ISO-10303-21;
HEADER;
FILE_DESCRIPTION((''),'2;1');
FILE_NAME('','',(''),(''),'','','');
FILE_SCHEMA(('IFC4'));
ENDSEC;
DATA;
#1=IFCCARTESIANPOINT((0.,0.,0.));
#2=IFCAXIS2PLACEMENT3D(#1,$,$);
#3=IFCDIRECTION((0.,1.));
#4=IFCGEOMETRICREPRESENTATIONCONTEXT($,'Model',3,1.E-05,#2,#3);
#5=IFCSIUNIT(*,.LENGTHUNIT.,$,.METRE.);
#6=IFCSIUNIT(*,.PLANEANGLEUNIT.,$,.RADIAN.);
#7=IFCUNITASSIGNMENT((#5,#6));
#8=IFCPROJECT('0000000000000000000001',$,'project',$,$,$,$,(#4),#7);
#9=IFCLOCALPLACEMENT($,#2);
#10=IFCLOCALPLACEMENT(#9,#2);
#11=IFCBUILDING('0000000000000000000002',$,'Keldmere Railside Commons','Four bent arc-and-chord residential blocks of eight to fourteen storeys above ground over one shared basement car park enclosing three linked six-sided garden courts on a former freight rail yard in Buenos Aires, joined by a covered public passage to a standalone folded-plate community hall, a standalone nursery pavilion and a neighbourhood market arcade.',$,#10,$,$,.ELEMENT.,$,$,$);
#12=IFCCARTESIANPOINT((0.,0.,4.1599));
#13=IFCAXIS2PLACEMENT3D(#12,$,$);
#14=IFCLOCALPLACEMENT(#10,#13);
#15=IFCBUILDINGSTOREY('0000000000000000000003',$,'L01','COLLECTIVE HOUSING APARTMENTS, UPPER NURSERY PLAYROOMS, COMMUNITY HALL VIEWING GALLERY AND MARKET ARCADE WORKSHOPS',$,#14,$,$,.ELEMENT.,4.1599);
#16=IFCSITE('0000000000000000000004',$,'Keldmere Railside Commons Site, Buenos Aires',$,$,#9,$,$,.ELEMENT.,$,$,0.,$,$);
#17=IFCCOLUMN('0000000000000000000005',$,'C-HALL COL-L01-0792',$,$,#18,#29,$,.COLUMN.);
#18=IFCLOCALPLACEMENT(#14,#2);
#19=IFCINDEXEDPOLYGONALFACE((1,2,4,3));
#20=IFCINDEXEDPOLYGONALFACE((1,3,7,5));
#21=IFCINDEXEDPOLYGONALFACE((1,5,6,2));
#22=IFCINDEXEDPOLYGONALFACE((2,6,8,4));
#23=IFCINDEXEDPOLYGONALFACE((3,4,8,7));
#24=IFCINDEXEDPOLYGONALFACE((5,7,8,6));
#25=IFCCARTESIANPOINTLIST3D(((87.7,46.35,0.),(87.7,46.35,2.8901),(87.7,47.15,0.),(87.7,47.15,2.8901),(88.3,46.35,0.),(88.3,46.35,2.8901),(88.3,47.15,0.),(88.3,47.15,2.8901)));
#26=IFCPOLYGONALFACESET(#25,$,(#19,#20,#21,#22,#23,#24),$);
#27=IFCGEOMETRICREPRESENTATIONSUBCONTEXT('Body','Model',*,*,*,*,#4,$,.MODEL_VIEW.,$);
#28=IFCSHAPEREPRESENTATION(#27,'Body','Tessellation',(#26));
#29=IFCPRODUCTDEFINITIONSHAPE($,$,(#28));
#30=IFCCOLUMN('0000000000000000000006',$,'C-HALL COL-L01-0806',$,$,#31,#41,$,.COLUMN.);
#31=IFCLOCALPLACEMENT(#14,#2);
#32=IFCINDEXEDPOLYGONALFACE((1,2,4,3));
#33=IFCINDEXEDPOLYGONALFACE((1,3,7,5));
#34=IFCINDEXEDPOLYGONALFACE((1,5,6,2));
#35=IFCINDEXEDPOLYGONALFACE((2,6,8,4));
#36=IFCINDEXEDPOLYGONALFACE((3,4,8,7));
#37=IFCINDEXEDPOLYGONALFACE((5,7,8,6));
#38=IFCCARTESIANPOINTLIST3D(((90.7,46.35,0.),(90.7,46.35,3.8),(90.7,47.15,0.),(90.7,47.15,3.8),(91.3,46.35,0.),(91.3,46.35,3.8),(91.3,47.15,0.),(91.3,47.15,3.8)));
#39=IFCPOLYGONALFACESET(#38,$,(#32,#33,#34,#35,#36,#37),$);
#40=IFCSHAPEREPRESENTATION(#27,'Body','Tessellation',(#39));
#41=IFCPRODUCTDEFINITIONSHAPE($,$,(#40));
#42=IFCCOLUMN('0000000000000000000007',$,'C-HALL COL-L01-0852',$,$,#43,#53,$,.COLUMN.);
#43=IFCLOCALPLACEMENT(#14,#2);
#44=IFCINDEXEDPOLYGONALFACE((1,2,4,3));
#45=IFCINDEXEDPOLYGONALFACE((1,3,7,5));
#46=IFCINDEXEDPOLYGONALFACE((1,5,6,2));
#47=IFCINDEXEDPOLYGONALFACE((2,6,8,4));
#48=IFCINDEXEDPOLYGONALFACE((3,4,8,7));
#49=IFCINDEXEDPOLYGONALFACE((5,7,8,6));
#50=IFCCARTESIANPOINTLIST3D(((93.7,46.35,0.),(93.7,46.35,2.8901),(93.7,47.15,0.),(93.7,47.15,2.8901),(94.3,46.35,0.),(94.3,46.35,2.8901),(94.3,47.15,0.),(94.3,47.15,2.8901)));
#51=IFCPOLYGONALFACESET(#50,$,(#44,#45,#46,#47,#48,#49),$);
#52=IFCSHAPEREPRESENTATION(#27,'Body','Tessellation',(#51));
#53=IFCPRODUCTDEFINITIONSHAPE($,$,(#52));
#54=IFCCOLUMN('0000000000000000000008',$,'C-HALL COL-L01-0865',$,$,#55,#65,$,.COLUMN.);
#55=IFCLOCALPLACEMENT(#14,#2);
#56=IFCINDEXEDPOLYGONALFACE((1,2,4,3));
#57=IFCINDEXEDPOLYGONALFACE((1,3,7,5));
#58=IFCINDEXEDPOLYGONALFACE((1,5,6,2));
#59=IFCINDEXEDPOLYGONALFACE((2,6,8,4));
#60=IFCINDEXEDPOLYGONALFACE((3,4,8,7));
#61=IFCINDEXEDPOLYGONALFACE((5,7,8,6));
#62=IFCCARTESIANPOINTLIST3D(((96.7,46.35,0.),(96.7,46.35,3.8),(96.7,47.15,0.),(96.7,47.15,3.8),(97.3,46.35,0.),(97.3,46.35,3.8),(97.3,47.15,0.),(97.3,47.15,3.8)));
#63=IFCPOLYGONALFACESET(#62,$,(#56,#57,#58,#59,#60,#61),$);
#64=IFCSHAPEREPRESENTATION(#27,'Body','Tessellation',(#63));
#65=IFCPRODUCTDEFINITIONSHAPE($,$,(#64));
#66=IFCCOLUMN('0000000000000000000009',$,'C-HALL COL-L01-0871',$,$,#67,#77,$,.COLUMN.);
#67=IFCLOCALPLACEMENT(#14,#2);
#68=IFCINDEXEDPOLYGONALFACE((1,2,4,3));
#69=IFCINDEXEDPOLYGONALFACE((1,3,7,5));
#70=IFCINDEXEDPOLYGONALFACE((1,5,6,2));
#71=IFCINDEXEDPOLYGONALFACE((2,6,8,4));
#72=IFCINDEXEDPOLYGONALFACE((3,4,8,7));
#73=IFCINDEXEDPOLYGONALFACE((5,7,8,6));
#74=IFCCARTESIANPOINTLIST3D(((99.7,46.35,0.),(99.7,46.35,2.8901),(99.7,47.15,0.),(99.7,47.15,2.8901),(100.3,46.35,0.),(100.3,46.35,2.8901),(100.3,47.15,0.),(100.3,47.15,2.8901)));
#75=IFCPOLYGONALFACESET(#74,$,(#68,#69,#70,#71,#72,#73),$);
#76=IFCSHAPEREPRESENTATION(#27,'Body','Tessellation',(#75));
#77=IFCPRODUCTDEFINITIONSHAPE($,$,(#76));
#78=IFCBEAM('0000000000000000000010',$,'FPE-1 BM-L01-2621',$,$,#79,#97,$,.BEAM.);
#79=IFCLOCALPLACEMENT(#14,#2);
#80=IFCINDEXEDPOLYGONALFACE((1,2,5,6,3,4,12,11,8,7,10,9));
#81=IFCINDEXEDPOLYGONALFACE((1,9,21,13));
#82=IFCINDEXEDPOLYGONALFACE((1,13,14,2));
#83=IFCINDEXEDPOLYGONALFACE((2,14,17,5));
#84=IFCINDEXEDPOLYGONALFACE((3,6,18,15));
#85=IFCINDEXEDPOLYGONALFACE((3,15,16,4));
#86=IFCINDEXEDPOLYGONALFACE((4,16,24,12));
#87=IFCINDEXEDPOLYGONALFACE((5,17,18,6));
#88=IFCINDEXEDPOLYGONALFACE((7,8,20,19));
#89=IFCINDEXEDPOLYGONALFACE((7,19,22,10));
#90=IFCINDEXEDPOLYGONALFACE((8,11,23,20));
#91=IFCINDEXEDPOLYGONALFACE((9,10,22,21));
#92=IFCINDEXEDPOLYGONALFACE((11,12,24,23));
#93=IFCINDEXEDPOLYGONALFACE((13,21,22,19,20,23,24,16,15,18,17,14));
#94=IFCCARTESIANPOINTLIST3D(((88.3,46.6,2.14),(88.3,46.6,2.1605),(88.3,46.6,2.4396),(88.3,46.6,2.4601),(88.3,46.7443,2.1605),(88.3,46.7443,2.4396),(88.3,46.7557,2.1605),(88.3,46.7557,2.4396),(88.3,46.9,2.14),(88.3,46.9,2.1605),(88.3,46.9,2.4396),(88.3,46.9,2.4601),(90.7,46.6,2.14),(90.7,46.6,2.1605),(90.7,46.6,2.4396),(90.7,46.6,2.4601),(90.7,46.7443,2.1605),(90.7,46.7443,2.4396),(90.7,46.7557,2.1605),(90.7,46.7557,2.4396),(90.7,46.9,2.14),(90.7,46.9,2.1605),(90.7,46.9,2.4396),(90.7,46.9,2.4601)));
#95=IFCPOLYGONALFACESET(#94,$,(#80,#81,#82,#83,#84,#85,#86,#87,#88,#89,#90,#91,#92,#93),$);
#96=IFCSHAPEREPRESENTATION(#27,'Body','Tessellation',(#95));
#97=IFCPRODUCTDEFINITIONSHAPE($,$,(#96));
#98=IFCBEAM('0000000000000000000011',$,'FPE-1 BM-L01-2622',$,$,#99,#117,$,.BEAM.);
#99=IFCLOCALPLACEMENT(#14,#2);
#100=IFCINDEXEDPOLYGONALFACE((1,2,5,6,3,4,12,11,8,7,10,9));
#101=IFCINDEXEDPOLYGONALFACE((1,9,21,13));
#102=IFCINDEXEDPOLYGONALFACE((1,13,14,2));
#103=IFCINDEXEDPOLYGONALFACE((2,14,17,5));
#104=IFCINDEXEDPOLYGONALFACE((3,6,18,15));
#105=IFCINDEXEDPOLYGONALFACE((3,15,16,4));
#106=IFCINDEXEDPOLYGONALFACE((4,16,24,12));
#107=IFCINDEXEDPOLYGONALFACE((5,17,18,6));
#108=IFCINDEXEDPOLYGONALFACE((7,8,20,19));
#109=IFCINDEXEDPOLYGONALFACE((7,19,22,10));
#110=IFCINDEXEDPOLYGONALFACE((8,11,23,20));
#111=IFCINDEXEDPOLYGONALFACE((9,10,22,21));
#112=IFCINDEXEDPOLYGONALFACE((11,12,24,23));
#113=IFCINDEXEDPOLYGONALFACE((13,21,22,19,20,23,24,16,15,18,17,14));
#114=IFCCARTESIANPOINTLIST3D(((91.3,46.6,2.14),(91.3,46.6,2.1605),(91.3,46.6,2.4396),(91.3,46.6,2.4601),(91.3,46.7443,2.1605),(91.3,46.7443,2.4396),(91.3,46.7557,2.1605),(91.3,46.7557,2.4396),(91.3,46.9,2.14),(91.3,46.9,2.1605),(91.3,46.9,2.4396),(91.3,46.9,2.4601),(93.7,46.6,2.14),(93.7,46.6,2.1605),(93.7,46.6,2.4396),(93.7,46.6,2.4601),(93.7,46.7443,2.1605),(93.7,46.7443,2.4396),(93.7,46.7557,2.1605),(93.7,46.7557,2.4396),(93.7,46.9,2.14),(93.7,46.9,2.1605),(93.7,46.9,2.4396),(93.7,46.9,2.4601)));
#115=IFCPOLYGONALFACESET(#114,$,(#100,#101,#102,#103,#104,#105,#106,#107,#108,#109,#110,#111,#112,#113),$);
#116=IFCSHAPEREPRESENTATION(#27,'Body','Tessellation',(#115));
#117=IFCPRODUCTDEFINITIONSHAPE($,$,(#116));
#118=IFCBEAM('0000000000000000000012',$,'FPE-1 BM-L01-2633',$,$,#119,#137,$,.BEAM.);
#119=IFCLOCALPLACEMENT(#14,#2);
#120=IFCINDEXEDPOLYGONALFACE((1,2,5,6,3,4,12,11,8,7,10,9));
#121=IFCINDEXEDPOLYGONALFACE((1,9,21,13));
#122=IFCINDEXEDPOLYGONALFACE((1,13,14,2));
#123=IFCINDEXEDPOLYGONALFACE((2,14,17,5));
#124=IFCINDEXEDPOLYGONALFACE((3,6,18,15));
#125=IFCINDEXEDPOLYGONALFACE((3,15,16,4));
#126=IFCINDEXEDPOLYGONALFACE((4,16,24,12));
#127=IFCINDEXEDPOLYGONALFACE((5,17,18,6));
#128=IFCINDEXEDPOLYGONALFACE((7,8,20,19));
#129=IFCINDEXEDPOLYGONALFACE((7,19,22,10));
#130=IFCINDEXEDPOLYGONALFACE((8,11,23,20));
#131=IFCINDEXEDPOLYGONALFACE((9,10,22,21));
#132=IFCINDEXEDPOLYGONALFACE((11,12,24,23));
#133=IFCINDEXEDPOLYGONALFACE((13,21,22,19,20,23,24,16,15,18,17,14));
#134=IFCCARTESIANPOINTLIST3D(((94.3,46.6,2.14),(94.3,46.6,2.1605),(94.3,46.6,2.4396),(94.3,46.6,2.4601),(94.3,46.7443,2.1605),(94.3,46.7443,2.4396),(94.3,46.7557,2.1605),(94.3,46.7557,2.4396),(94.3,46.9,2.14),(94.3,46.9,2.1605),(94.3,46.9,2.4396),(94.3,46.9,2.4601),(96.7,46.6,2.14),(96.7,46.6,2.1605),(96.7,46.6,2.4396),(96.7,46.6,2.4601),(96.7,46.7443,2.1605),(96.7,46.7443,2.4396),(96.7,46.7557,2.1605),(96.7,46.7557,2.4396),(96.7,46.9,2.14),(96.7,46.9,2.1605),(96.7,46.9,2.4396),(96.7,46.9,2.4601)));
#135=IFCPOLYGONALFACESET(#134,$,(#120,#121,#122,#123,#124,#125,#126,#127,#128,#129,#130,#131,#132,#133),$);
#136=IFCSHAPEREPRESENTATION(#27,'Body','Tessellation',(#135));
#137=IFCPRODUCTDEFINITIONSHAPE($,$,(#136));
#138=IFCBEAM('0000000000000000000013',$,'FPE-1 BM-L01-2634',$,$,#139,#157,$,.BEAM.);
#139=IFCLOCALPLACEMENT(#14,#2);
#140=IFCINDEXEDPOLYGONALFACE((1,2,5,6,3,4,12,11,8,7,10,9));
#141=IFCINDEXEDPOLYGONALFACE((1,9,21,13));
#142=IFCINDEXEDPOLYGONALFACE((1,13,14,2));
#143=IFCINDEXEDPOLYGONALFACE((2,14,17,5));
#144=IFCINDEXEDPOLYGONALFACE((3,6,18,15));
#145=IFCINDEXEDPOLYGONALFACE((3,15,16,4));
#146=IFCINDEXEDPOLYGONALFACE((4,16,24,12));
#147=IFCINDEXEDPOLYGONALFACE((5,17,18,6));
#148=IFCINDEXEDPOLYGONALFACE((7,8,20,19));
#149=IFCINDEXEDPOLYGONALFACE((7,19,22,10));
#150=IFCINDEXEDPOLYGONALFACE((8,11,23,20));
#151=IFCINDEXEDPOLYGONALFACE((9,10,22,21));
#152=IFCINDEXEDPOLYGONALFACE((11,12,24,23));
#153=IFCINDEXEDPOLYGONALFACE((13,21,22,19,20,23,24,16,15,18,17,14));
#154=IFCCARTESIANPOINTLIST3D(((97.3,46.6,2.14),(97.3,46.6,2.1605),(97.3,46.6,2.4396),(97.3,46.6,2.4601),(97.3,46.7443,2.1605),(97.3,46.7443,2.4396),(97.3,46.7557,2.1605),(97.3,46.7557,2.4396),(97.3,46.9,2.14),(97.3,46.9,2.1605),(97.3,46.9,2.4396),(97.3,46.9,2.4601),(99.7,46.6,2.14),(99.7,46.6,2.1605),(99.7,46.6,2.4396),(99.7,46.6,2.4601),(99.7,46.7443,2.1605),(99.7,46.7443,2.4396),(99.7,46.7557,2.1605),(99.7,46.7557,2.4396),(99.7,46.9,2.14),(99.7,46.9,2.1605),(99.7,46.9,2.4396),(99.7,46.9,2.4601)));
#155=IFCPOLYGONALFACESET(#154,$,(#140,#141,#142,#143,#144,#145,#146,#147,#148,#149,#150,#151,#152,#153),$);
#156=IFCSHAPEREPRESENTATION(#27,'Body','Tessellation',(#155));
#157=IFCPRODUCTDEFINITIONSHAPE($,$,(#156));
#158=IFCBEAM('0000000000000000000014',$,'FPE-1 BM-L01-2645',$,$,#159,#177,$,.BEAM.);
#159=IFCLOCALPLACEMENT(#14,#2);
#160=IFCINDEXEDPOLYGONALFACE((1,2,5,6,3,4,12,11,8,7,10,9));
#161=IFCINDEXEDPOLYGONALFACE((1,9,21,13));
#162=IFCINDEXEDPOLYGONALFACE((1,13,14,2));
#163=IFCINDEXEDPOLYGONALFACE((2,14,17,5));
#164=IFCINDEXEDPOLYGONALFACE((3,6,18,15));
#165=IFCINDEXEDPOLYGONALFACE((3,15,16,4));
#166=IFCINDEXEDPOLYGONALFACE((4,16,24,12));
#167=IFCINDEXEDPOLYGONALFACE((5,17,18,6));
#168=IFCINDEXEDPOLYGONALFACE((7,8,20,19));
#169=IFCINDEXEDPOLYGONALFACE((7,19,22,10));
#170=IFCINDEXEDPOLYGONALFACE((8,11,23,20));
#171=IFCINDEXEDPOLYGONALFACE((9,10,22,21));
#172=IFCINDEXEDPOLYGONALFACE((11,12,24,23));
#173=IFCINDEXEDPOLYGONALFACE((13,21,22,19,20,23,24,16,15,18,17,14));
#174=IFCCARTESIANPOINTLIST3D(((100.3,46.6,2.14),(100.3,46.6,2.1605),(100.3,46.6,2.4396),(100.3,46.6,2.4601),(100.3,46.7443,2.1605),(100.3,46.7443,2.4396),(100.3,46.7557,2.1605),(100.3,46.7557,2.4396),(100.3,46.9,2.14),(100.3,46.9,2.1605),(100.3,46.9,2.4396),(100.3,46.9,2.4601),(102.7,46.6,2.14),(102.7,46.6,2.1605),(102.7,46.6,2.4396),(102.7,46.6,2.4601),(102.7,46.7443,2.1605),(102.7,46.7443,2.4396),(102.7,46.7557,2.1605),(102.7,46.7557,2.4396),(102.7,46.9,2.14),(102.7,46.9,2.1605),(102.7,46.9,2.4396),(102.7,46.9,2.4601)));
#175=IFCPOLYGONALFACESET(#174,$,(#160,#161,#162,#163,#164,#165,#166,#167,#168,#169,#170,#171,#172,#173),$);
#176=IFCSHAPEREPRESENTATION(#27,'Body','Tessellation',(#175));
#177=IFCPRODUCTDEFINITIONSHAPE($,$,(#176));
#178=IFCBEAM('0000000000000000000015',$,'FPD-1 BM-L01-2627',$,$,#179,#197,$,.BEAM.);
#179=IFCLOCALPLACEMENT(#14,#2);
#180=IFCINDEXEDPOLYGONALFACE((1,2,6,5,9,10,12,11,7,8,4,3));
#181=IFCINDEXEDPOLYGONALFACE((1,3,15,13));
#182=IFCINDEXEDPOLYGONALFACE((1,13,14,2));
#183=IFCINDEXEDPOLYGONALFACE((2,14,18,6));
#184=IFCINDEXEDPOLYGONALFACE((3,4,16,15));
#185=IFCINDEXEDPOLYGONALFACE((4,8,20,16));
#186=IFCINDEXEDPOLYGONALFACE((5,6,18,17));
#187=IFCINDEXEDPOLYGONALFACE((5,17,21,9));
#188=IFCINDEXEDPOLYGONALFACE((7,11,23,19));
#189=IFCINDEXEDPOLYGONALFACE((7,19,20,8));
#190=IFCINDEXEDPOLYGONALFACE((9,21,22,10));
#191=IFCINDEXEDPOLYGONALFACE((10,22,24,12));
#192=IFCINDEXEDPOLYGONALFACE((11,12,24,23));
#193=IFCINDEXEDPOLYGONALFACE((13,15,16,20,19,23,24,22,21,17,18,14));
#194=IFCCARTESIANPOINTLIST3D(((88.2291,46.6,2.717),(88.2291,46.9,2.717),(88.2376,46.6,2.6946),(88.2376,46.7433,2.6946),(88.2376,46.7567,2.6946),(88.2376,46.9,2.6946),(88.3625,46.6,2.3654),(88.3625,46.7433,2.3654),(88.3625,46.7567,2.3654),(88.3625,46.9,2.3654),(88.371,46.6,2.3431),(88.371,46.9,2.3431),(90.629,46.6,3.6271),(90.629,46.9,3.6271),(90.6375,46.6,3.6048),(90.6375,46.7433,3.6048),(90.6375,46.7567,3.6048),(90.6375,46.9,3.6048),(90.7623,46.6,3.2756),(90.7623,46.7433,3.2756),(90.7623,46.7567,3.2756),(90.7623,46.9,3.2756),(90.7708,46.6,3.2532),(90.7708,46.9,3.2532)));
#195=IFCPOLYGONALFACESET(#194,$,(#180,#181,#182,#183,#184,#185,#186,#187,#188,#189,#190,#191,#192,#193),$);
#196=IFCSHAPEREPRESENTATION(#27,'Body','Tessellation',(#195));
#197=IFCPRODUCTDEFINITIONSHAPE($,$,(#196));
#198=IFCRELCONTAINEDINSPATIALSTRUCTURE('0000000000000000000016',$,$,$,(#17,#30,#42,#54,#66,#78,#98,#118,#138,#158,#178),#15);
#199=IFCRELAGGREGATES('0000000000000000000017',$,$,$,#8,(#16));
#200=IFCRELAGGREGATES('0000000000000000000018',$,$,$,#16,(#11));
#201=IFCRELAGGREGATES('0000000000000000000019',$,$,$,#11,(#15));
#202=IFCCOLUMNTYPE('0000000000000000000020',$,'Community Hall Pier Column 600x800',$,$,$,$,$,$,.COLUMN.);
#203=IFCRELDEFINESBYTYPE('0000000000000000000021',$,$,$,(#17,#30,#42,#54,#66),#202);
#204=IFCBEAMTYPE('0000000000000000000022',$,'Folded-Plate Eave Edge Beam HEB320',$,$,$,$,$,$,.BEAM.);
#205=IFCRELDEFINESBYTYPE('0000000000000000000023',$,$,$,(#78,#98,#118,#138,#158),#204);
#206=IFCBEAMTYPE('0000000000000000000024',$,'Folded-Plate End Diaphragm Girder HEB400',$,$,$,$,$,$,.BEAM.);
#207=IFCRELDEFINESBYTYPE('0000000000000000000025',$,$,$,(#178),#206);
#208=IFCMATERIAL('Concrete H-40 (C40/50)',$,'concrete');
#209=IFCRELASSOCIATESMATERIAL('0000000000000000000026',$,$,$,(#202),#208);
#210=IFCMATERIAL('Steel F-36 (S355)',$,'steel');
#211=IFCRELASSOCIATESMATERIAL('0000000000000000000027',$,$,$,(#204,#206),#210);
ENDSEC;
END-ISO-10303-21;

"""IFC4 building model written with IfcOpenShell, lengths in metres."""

from ifc_helpers import new_model, si_unit, direction, frame, origin, origin_2d, place, context, subcontext, project, spatial, rectangle, i_section, extrude, material, material_profile, profile_set, type_object, element, save


model = new_model("IFC4")

# Units and contexts
model_context = context("Model", 3, precision=1e-05, world=origin(), true_north=direction((0.0, 1.0)))
body_context = subcontext(model_context, "Body", "Model", "MODEL_VIEW")
ifc_project = project(units=[si_unit("LENGTHUNIT", "METRE"), si_unit("PLANEANGLEUNIT", "RADIAN")], contexts=[model_context])

# Site, building, storey
site_placement = place(None, origin())
site = spatial("IfcSite", under=ifc_project, at=site_placement, Name="Keldmere Railside Commons Site, Buenos Aires", CompositionType="ELEMENT", RefElevation=0.0)
building_placement = place(site_placement, origin())
building = spatial("IfcBuilding", under=site, at=building_placement, Name="Keldmere Railside Commons", Description="Four bent arc-and-chord residential blocks of eight to fourteen storeys above ground over one shared basement car park enclosing three linked six-sided garden courts on a former freight rail yard in Buenos Aires, joined by a covered public passage to a standalone folded-plate community hall, a standalone nursery pavilion and a neighbourhood market arcade.", CompositionType="ELEMENT")
storey_placement = place(building_placement, frame((0.0, 0.0, 4.1599)))
storey = spatial("IfcBuildingStorey", under=building, at=storey_placement, Name="L01", Description="COLLECTIVE HOUSING APARTMENTS, UPPER NURSERY PLAYROOMS, COMMUNITY HALL VIEWING GALLERY AND MARKET ARCADE WORKSHOPS", CompositionType="ELEMENT", Elevation=4.1599)

# Columns
ifc_material_1 = material(Name="Concrete H-40 (C40/50)", Category="concrete")
ifc_material_profile_1 = material_profile(ifc_material_1, rectangle(XDim=0.6001, YDim=0.8, at=origin_2d()), Name="RC-600x800")
ifc_profile_set_1 = profile_set([ifc_material_profile_1], Name="Concrete H-40 (C40/50)")
column_type = type_object("IfcColumnType", Name="Community Hall Pier Column 600x800", PredefinedType="COLUMN", material=ifc_profile_set_1)
column_1_placement = place(storey_placement, frame((88.0, 46.75, 0.0), z_axis=(0.0, 0.0, 1.0), x_axis=(1.0, 0.0, 0.0)))
element("IfcColumn", 1, at=column_1_placement, inside=storey, type_object=column_type, Name="C-HALL COL-L01-0792", PredefinedType="COLUMN", context=body_context, shape_type="SweptSolid", body=[
    extrude(rectangle(XDim=0.6001, YDim=0.8, at=origin_2d()), origin(), (0.0, 0.0, 1.0), 2.8901),
])
column_2_placement = place(storey_placement, frame((91.0, 46.75, 0.0), z_axis=(0.0, 0.0, 1.0), x_axis=(1.0, 0.0, 0.0)))
element("IfcColumn", 2, at=column_2_placement, inside=storey, type_object=column_type, Name="C-HALL COL-L01-0806", PredefinedType="COLUMN", context=body_context, shape_type="SweptSolid", body=[
    extrude(rectangle(XDim=0.6001, YDim=0.8, at=origin_2d()), origin(), (0.0, 0.0, 1.0), 3.8),
])
column_3_placement = place(storey_placement, frame((94.0, 46.75, 0.0), z_axis=(0.0, 0.0, 1.0), x_axis=(1.0, 0.0, 0.0)))
element("IfcColumn", 3, at=column_3_placement, inside=storey, type_object=column_type, Name="C-HALL COL-L01-0852", PredefinedType="COLUMN", context=body_context, shape_type="SweptSolid", body=[
    extrude(rectangle(XDim=0.6001, YDim=0.8, at=origin_2d()), origin(), (0.0, 0.0, 1.0), 2.8901),
])
column_4_placement = place(storey_placement, frame((97.0, 46.75, 0.0), z_axis=(0.0, 0.0, 1.0), x_axis=(1.0, 0.0, 0.0)))
element("IfcColumn", 4, at=column_4_placement, inside=storey, type_object=column_type, Name="C-HALL COL-L01-0865", PredefinedType="COLUMN", context=body_context, shape_type="SweptSolid", body=[
    extrude(rectangle(XDim=0.6001, YDim=0.8, at=origin_2d()), origin(), (0.0, 0.0, 1.0), 3.8),
])
column_5_placement = place(storey_placement, frame((100.0, 46.75, 0.0), z_axis=(0.0, 0.0, 1.0), x_axis=(1.0, 0.0, 0.0)))
element("IfcColumn", 5, at=column_5_placement, inside=storey, type_object=column_type, Name="C-HALL COL-L01-0871", PredefinedType="COLUMN", context=body_context, shape_type="SweptSolid", body=[
    extrude(rectangle(XDim=0.6001, YDim=0.8, at=origin_2d()), origin(), (0.0, 0.0, 1.0), 2.8901),
])

# Beams
ifc_material_2 = material(Name="Steel F-36 (S355)", Category="steel")
ifc_material_profile_2 = material_profile(ifc_material_2, i_section(OverallWidth=0.3, OverallDepth=0.3201, WebThickness=0.0115, FlangeThickness=0.0205, at=origin_2d()), Name="HEB-320")
ifc_profile_set_2 = profile_set([ifc_material_profile_2], Name="Steel F-36 (S355)")
beam_type_1 = type_object("IfcBeamType", Name="Folded-Plate Eave Edge Beam HEB320", PredefinedType="BEAM", material=ifc_profile_set_2)
for number, where, z_axis, x_axis, name in (
    (6, (88.3, 46.75, 2.3), (1.0, 0.0, 0.0), (0.0, 1.0, 0.0), "FPE-1 BM-L01-2621"),
    (7, (91.3, 46.75, 2.3), (1.0, 0.0, 0.0), (0.0, 1.0, 0.0), "FPE-1 BM-L01-2622"),
    (8, (94.3, 46.75, 2.3), (1.0, 0.0, 0.0), (0.0, 1.0, 0.0), "FPE-1 BM-L01-2633"),
    (9, (97.3, 46.75, 2.3), (1.0, 0.0, 0.0), (0.0, 1.0, 0.0), "FPE-1 BM-L01-2634"),
    (10, (100.3, 46.75, 2.3), (1.0, 0.0, 0.0), (0.0, 1.0, 0.0), "FPE-1 BM-L01-2645"),
):
    element("IfcBeam", number, at=place(storey_placement, frame(where, z_axis=z_axis, x_axis=x_axis)), inside=storey, type_object=beam_type_1, Name=name, PredefinedType="BEAM", context=body_context, shape_type="SweptSolid", body=[
        extrude(i_section(OverallWidth=0.3, OverallDepth=0.3201, WebThickness=0.0115, FlangeThickness=0.0205, at=origin_2d()), origin(), (0.0, 0.0, 1.0), 2.3999),
    ])
ifc_material_profile_3 = material_profile(ifc_material_2, i_section(OverallWidth=0.3, OverallDepth=0.3999, WebThickness=0.0134, FlangeThickness=0.0239, at=origin_2d()), Name="HEB-400")
ifc_profile_set_3 = profile_set([ifc_material_profile_3], Name="Steel F-36 (S355)")
beam_type_2 = type_object("IfcBeamType", Name="Folded-Plate End Diaphragm Girder HEB400", PredefinedType="BEAM", material=ifc_profile_set_3)
for number, where, z_axis, x_axis, name in (
    (11, (88.3, 46.75, 2.53), (0.935017, 0.0, 0.354603), (0.0, 1.0, 0.0), "FPD-1 BM-L01-2627"),
):
    element("IfcBeam", number, at=place(storey_placement, frame(where, z_axis=z_axis, x_axis=x_axis)), inside=storey, type_object=beam_type_2, Name=name, PredefinedType="BEAM", context=body_context, shape_type="SweptSolid", body=[
        extrude(i_section(OverallWidth=0.3, OverallDepth=0.3999, WebThickness=0.0134, FlangeThickness=0.0239, at=origin_2d()), origin(), (0.0, 0.0, 1.0), 2.5667),
    ])

save(model, "model.ifc")
